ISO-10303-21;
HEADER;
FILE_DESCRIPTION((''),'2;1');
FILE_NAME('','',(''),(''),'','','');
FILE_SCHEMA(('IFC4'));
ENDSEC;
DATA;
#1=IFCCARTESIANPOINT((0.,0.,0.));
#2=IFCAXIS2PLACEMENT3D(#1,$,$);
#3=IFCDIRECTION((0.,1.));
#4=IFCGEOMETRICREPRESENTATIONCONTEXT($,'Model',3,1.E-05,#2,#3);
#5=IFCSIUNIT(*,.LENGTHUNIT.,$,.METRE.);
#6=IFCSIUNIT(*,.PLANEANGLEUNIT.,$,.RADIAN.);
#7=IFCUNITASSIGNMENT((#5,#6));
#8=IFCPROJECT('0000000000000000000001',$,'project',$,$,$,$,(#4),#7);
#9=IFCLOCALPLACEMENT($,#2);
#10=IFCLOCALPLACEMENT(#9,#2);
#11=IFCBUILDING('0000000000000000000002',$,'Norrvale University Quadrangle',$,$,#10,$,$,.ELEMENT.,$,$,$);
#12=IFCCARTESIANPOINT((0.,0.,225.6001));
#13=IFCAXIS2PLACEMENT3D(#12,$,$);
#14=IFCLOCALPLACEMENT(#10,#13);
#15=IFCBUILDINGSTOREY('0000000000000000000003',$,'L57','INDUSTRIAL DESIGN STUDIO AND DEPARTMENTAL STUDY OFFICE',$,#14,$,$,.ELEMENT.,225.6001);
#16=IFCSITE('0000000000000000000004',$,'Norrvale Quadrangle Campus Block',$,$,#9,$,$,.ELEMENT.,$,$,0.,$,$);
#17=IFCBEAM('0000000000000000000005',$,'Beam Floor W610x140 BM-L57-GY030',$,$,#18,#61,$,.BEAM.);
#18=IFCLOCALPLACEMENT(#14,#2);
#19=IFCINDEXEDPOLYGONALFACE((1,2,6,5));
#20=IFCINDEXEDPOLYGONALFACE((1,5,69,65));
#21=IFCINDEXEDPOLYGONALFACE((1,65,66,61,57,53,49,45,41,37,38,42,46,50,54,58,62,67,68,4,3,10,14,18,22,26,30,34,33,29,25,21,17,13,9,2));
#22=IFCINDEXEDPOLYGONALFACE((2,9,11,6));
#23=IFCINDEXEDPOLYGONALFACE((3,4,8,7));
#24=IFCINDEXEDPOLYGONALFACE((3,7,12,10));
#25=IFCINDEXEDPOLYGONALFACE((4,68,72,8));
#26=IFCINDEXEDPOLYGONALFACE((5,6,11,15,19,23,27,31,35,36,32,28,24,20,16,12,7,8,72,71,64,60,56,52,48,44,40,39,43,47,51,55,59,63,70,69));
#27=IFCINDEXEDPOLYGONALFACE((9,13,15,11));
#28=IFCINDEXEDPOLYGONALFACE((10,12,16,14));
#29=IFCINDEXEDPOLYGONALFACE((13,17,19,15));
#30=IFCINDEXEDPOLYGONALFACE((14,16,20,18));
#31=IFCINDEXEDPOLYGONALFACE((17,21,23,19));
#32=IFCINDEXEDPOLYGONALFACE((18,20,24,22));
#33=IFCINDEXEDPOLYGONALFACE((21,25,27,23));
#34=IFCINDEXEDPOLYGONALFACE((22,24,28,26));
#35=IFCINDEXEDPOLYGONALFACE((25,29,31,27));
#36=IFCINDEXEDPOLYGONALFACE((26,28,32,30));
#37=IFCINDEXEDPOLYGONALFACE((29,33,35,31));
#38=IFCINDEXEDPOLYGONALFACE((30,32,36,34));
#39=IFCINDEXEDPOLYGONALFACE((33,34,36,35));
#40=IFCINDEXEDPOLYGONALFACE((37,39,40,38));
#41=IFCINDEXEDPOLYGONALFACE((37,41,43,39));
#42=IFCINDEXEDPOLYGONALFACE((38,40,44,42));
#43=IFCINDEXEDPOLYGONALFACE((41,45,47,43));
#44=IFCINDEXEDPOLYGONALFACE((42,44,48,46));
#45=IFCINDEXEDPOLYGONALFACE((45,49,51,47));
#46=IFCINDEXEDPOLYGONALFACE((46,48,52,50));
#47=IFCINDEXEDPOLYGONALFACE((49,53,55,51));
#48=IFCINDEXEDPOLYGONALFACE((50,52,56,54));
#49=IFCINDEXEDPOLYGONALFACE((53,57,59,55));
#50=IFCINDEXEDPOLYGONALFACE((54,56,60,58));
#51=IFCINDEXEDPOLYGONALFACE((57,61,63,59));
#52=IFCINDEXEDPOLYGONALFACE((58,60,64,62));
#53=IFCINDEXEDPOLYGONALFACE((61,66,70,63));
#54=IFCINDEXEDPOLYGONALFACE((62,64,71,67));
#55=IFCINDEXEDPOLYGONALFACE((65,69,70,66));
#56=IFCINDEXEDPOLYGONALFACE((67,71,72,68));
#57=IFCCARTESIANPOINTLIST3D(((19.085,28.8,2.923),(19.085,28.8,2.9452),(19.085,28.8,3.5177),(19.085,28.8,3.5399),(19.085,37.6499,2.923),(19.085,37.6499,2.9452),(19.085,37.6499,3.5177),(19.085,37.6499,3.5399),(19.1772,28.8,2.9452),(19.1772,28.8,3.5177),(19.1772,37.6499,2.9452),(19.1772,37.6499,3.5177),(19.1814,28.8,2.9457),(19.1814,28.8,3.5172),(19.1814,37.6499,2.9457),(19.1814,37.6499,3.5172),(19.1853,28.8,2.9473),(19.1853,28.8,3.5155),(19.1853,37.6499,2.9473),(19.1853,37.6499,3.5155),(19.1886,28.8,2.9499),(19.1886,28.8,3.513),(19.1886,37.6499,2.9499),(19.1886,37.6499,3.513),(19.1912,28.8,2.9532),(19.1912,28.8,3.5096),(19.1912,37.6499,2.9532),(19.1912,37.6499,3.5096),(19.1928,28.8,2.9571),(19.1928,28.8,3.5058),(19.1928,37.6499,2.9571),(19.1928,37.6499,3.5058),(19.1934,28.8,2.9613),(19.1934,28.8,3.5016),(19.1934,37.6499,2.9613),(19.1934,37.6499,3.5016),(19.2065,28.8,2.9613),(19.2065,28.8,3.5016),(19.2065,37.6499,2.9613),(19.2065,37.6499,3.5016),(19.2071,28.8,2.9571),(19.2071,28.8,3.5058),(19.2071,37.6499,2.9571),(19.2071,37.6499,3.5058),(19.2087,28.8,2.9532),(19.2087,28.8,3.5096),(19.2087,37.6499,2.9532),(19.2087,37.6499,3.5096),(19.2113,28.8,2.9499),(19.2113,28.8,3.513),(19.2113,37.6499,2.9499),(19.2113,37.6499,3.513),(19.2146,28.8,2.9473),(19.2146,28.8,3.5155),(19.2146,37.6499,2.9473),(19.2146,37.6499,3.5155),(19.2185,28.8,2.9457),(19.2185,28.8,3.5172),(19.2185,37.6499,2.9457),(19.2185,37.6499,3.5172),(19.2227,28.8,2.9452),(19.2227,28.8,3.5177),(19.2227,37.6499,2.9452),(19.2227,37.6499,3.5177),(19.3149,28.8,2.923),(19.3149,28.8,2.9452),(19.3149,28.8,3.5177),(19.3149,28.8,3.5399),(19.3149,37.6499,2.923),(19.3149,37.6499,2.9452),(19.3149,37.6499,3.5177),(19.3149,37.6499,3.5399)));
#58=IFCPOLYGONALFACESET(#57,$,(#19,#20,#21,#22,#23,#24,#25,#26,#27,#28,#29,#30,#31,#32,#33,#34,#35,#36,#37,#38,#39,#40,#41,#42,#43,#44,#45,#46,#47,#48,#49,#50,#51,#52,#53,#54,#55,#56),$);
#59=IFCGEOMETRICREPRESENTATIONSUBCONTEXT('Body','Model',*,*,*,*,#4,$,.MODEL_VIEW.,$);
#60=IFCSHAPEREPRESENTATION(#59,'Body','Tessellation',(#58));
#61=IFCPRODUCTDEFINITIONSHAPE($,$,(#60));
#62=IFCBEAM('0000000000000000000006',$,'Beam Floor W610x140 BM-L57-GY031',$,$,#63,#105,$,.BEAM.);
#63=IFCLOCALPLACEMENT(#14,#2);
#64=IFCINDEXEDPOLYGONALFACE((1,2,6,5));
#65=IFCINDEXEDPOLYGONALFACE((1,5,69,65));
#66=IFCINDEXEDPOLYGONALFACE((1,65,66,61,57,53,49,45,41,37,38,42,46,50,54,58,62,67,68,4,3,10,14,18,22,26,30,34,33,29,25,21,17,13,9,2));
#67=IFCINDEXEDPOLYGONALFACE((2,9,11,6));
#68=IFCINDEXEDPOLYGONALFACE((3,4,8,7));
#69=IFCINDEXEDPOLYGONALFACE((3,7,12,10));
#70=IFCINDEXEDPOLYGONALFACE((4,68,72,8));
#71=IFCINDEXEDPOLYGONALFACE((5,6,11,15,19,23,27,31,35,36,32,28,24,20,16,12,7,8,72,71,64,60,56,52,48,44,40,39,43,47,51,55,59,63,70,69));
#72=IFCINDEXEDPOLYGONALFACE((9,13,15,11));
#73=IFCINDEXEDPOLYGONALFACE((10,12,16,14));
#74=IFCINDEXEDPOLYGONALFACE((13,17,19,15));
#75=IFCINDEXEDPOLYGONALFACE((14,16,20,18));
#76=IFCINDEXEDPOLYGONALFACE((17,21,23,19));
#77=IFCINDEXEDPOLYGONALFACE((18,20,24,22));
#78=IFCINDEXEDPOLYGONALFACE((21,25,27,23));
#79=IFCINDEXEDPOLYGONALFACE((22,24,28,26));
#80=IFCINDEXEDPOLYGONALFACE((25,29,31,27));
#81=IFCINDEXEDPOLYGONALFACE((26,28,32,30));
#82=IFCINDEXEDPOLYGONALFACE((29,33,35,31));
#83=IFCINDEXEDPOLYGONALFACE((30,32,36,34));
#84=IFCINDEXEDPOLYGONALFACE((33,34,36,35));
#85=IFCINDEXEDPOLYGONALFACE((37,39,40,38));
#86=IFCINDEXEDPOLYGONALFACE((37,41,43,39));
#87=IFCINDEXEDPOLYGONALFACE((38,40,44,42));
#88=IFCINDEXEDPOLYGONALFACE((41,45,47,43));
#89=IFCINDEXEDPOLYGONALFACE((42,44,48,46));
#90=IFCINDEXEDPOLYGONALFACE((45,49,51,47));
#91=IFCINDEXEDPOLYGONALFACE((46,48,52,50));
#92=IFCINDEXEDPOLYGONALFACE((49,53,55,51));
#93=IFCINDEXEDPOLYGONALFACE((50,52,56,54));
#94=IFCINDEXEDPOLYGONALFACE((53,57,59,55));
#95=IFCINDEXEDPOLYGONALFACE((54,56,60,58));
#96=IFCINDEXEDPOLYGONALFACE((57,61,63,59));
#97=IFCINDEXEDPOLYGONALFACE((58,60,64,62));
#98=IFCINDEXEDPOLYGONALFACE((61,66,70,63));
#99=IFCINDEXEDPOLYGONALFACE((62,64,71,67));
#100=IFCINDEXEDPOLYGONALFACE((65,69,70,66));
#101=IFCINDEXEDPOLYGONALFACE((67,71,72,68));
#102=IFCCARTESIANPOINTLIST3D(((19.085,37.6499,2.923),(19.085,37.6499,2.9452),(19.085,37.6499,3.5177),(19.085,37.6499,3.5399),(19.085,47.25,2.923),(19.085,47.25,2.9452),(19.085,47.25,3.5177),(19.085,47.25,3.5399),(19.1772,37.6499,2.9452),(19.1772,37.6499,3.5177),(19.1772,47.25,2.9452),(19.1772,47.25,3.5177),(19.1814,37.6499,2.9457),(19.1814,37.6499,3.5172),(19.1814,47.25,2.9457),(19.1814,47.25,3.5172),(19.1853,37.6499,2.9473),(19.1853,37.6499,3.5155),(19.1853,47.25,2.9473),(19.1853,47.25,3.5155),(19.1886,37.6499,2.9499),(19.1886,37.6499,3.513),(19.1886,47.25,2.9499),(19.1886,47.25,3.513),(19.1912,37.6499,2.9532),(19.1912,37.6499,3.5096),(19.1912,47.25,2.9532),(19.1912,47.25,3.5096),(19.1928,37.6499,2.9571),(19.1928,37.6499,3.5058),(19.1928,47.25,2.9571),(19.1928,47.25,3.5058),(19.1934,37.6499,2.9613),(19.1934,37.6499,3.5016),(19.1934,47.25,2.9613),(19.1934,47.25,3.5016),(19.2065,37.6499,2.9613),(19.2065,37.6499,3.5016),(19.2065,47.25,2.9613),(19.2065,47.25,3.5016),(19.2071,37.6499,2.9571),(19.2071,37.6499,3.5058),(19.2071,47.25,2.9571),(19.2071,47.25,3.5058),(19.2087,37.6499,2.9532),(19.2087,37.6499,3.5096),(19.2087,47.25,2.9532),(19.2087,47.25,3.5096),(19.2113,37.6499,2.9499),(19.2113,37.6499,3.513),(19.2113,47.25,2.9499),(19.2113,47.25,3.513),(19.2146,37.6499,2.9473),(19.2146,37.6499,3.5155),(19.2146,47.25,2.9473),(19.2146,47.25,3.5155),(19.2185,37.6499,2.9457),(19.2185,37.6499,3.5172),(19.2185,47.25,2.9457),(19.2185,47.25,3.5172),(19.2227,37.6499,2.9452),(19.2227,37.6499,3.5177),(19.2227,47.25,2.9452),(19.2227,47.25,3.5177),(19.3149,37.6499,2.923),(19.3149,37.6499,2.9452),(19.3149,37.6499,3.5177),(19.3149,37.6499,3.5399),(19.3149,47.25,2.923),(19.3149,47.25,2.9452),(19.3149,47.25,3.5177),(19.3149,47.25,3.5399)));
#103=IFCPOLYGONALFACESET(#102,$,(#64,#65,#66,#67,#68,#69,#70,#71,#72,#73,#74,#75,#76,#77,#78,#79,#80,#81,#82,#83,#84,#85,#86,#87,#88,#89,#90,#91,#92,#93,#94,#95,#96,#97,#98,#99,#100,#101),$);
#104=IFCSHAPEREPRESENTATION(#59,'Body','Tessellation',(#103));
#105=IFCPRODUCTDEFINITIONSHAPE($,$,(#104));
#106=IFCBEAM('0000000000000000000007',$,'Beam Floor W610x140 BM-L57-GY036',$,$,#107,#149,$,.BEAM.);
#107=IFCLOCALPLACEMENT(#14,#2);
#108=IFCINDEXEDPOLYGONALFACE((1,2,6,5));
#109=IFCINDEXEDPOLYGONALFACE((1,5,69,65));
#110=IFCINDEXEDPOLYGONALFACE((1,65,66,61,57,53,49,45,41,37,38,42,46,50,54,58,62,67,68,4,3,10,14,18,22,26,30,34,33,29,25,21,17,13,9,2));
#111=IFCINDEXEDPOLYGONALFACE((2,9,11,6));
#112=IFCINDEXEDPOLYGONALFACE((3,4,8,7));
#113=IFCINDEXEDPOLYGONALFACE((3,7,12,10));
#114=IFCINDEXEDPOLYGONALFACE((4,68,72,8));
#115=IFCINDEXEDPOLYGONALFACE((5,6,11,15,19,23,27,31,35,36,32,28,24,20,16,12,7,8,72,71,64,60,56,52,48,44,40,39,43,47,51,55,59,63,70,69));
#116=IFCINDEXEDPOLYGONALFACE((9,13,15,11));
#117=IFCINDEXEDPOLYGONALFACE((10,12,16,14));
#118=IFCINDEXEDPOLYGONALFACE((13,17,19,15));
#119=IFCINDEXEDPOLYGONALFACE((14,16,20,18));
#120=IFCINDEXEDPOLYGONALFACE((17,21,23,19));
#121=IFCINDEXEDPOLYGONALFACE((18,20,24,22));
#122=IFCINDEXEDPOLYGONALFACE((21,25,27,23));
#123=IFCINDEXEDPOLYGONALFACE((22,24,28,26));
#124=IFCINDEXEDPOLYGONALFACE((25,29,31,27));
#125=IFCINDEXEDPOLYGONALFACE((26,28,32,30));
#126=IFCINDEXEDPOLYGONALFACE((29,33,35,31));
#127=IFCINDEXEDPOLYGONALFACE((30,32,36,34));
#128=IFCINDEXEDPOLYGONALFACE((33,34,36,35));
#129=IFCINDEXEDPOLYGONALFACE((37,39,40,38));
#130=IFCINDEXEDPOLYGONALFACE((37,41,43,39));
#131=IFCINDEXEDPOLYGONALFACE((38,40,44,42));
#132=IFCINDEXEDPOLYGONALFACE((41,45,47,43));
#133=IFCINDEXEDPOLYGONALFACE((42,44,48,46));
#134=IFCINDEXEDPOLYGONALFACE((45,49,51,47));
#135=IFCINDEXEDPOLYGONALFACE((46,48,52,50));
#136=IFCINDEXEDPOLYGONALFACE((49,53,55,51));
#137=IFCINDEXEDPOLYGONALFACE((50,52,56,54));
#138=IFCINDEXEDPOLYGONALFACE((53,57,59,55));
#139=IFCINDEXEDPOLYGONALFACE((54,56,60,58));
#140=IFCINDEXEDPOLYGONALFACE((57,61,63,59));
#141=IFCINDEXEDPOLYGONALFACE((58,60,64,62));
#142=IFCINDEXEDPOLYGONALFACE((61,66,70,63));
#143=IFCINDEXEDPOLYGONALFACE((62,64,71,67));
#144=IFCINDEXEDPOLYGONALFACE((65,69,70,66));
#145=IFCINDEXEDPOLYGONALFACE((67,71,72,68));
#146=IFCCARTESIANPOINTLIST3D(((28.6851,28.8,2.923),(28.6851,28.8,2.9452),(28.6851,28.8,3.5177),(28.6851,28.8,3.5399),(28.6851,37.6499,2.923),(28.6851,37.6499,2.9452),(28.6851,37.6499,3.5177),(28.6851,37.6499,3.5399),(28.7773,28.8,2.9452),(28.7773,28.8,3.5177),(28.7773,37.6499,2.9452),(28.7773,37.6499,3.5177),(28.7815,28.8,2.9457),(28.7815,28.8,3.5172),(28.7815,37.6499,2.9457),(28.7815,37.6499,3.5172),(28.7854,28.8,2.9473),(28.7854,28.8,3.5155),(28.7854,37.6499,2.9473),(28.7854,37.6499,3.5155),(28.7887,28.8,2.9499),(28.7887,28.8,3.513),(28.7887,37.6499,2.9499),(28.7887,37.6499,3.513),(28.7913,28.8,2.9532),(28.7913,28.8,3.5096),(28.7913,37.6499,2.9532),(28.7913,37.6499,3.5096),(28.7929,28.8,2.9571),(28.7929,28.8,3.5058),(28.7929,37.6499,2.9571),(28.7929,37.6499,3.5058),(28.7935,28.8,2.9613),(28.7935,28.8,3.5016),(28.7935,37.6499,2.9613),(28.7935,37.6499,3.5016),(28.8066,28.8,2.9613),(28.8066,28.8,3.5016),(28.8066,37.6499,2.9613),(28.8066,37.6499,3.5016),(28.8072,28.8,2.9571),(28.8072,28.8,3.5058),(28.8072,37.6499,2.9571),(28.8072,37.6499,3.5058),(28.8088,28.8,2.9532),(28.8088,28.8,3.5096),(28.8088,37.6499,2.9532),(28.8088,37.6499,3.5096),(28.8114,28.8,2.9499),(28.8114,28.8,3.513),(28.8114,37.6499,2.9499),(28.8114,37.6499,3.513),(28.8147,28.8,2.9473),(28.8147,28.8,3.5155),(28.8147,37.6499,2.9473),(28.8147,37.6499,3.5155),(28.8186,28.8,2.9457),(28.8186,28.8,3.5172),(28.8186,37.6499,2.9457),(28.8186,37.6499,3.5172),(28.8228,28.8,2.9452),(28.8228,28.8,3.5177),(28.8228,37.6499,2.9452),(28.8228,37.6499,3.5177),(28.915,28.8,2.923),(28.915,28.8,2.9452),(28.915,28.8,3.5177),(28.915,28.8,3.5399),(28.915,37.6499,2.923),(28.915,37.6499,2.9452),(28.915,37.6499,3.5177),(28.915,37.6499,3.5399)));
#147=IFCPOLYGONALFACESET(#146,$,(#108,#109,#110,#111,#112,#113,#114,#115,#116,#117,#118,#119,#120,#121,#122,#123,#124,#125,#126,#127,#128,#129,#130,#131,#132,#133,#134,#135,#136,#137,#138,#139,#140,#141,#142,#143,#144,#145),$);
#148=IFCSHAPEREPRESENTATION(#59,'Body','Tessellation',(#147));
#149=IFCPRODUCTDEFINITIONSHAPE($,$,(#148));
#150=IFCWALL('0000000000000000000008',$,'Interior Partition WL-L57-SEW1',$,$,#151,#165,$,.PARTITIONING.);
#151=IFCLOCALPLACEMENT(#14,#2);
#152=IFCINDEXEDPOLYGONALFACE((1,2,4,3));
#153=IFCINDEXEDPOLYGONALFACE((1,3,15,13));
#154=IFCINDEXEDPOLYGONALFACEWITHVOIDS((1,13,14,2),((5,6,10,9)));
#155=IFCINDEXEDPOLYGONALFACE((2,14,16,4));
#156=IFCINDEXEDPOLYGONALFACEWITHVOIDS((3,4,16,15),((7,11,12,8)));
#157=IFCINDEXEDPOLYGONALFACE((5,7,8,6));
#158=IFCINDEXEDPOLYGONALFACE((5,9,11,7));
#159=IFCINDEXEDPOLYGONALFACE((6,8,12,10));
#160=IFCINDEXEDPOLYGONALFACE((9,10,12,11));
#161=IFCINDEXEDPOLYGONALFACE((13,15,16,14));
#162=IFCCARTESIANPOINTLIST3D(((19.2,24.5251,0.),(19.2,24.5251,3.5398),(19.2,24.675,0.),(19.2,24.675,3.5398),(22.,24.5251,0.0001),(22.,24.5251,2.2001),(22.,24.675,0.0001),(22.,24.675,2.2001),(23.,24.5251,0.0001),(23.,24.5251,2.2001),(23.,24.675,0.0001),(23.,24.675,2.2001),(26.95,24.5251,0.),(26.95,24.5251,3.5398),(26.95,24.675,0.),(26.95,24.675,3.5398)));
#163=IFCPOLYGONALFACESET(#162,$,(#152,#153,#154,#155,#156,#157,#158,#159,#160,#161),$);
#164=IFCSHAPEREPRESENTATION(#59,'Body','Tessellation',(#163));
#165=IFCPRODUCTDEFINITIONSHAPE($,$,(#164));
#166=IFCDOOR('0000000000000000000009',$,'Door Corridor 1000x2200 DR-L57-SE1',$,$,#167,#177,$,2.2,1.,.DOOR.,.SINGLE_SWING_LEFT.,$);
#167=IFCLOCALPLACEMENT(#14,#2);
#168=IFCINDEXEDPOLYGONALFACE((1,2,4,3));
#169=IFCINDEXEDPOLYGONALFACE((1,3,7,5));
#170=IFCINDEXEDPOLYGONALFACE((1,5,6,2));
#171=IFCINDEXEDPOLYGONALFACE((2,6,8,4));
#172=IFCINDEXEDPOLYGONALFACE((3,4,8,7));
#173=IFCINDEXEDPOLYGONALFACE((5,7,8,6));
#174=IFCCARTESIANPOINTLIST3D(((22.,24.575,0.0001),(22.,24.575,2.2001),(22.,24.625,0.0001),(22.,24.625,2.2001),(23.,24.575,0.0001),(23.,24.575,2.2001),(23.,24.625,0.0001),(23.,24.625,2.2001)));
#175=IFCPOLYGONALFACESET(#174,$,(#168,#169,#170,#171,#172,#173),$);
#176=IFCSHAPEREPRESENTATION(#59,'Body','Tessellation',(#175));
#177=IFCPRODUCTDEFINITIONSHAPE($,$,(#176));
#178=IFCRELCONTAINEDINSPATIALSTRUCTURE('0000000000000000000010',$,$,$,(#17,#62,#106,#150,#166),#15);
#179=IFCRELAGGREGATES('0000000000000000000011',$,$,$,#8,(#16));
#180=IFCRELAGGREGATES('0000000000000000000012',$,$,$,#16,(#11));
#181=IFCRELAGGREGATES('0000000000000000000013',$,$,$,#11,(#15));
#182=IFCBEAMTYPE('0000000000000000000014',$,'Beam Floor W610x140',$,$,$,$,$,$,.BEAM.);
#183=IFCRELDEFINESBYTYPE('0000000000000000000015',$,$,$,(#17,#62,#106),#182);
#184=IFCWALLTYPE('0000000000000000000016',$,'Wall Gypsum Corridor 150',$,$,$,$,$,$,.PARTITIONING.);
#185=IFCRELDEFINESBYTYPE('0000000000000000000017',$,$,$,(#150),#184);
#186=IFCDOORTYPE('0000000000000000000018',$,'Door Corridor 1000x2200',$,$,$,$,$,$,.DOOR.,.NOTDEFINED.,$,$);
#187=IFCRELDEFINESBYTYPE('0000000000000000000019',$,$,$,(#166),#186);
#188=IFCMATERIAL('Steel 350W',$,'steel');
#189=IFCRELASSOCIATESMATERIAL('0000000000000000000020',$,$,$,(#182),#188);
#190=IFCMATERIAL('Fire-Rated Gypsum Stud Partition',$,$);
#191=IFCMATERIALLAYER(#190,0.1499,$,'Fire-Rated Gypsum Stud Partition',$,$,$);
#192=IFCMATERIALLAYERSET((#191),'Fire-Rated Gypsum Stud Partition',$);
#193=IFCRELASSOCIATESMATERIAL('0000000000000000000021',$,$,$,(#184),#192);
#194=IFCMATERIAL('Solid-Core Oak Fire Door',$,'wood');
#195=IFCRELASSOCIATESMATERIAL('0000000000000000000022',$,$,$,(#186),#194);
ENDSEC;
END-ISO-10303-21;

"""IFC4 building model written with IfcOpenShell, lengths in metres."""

from ifc_helpers import new_model, si_unit, direction, frame, frame_2d, origin, origin_2d, place, context, subcontext, project, spatial, rectangle, i_section, extrude, material, layer, layer_set, material_profile, profile_set, type_object, element, fill, save


model = new_model("IFC4")

# Units and contexts
model_context = context("Model", 3, precision=1e-05, world=origin(), true_north=direction((0.0, 1.0)))
body_context = subcontext(model_context, "Body", "Model", "MODEL_VIEW")
ifc_project = project(units=[si_unit("LENGTHUNIT", "METRE"), si_unit("PLANEANGLEUNIT", "RADIAN")], contexts=[model_context])

# Site, building, storey
site_placement = place(None, origin())
site = spatial("IfcSite", under=ifc_project, at=site_placement, Name="Norrvale Quadrangle Campus Block", CompositionType="ELEMENT", RefElevation=0.0)
building_placement = place(site_placement, origin())
building = spatial("IfcBuilding", under=site, at=building_placement, Name="Norrvale University Quadrangle", CompositionType="ELEMENT")
storey_placement = place(building_placement, frame((0.0, 0.0, 225.6001)))
storey = spatial("IfcBuildingStorey", under=building, at=storey_placement, Name="L57", Description="INDUSTRIAL DESIGN STUDIO AND DEPARTMENTAL STUDY OFFICE", CompositionType="ELEMENT", Elevation=225.6001)

# Beams
ifc_material_1 = material(Name="Steel 350W", Category="steel")
ifc_material_profile_1 = material_profile(ifc_material_1, i_section(OverallWidth=0.23, OverallDepth=0.6169, WebThickness=0.0132, FlangeThickness=0.0222, FilletRadius=0.0161, at=origin_2d()), Name="Steel 350W")
ifc_profile_set_1 = profile_set([ifc_material_profile_1], Name="Steel 350W")
beam_type_1 = type_object("IfcBeamType", Name="Beam Floor W610x140", PredefinedType="BEAM", material=ifc_profile_set_1)
for number, where, z_axis, x_axis, name in (
    (1, (19.2, 28.8, 3.2314), (0.0, 1.0, 0.0), (-1.0, 0.0, 0.0), "Beam Floor W610x140 BM-L57-GY030"),
):
    element("IfcBeam", number, at=place(storey_placement, frame(where, z_axis=z_axis, x_axis=x_axis)), inside=storey, type_object=beam_type_1, Name=name, PredefinedType="BEAM", context=body_context, shape_type="SweptSolid", body=[
        extrude(i_section(OverallWidth=0.23, OverallDepth=0.6169, WebThickness=0.0132, FlangeThickness=0.0222, FilletRadius=0.0161, at=origin_2d()), origin(), (0.0, 0.0, 1.0), 8.8499),
    ])
beam_1_placement = place(storey_placement, frame((19.2, 37.6499, 3.2314), z_axis=(0.0, 1.0, 0.0), x_axis=(-1.0, 0.0, 0.0)))
element("IfcBeam", 2, at=beam_1_placement, inside=storey, type_object=beam_type_1, Name="Beam Floor W610x140 BM-L57-GY031", PredefinedType="BEAM", context=body_context, shape_type="SweptSolid", body=[
    extrude(i_section(OverallWidth=0.23, OverallDepth=0.6169, WebThickness=0.0132, FlangeThickness=0.0222, FilletRadius=0.0161, at=origin_2d()), origin(), (0.0, 0.0, 1.0), 9.6001),
])
beam_2_placement = place(storey_placement, frame((28.8, 28.8, 3.2314), z_axis=(0.0, 1.0, 0.0), x_axis=(-1.0, 0.0, 0.0)))
element("IfcBeam", 3, at=beam_2_placement, inside=storey, type_object=beam_type_1, Name="Beam Floor W610x140 BM-L57-GY036", PredefinedType="BEAM", context=body_context, shape_type="SweptSolid", body=[
    extrude(i_section(OverallWidth=0.23, OverallDepth=0.6169, WebThickness=0.0132, FlangeThickness=0.0222, FilletRadius=0.0161, at=origin_2d()), origin(), (0.0, 0.0, 1.0), 8.8499),
])

# Wall, opening, door
ifc_material_2 = material(Name="Fire-Rated Gypsum Stud Partition")
ifc_layer_1 = layer(ifc_material_2, 0.1499, Name="Fire-Rated Gypsum Stud Partition")
ifc_layer_set_1 = layer_set([ifc_layer_1], Name="Fire-Rated Gypsum Stud Partition")
wall_type_1 = type_object("IfcWallType", Name="Wall Gypsum Corridor 150", PredefinedType="PARTITIONING", material=ifc_layer_set_1)
wall_1_placement = place(storey_placement, frame((19.2, 24.6001, 0.0), z_axis=(0.0, 0.0, 1.0), x_axis=(1.0, 0.0, 0.0)))
wall_1 = element("IfcWall", 4, at=wall_1_placement, inside=storey, type_object=wall_type_1, Name="Interior Partition WL-L57-SEW1", PredefinedType="PARTITIONING", context=body_context, shape_type="SweptSolid", body=[
    extrude(rectangle(XDim=7.75, YDim=0.1499, at=frame_2d((3.875, 0.0))), origin(), (0.0, 0.0, 1.0), 3.5398),
])
opening_1_placement = place(wall_1_placement, frame((2.8, 0.0, 0.0)))
opening_1 = element("IfcOpeningElement", 5, at=opening_1_placement, cuts=wall_1, PredefinedType="OPENING", context=body_context, shape_type="SweptSolid", body=[
    extrude(rectangle(XDim=1.0, YDim=2.2, at=frame_2d((0.5, 1.1001))), frame((0.0, 0.0869, 0.0), z_axis=(0.0, -1.0, 0.0), x_axis=(1.0, 0.0, 0.0)), (0.0, 0.0, 1.0), 0.1738),
])
ifc_material_3 = material(Name="Solid-Core Oak Fire Door", Category="wood")
door_type_1 = type_object("IfcDoorType", Name="Door Corridor 1000x2200", OperationType="NOTDEFINED", PredefinedType="DOOR", material=ifc_material_3)
door_1_placement = place(opening_1_placement, origin())
door_1 = element("IfcDoor", 6, at=door_1_placement, inside=storey, type_object=door_type_1, Name="Door Corridor 1000x2200 DR-L57-SE1", OperationType="SINGLE_SWING_LEFT", OverallHeight=2.2, OverallWidth=1.0, PredefinedType="DOOR", context=body_context, shape_type="SweptSolid", body=[
    extrude(rectangle(XDim=1.0, YDim=2.2, at=frame_2d((0.5, 1.1001))), frame((0.0, 0.0249, 0.0), z_axis=(0.0, -1.0, 0.0), x_axis=(1.0, 0.0, 0.0)), (0.0, 0.0, 1.0), 0.05),
])
fill(opening_1, door_1)

save(model, "model.ifc")
